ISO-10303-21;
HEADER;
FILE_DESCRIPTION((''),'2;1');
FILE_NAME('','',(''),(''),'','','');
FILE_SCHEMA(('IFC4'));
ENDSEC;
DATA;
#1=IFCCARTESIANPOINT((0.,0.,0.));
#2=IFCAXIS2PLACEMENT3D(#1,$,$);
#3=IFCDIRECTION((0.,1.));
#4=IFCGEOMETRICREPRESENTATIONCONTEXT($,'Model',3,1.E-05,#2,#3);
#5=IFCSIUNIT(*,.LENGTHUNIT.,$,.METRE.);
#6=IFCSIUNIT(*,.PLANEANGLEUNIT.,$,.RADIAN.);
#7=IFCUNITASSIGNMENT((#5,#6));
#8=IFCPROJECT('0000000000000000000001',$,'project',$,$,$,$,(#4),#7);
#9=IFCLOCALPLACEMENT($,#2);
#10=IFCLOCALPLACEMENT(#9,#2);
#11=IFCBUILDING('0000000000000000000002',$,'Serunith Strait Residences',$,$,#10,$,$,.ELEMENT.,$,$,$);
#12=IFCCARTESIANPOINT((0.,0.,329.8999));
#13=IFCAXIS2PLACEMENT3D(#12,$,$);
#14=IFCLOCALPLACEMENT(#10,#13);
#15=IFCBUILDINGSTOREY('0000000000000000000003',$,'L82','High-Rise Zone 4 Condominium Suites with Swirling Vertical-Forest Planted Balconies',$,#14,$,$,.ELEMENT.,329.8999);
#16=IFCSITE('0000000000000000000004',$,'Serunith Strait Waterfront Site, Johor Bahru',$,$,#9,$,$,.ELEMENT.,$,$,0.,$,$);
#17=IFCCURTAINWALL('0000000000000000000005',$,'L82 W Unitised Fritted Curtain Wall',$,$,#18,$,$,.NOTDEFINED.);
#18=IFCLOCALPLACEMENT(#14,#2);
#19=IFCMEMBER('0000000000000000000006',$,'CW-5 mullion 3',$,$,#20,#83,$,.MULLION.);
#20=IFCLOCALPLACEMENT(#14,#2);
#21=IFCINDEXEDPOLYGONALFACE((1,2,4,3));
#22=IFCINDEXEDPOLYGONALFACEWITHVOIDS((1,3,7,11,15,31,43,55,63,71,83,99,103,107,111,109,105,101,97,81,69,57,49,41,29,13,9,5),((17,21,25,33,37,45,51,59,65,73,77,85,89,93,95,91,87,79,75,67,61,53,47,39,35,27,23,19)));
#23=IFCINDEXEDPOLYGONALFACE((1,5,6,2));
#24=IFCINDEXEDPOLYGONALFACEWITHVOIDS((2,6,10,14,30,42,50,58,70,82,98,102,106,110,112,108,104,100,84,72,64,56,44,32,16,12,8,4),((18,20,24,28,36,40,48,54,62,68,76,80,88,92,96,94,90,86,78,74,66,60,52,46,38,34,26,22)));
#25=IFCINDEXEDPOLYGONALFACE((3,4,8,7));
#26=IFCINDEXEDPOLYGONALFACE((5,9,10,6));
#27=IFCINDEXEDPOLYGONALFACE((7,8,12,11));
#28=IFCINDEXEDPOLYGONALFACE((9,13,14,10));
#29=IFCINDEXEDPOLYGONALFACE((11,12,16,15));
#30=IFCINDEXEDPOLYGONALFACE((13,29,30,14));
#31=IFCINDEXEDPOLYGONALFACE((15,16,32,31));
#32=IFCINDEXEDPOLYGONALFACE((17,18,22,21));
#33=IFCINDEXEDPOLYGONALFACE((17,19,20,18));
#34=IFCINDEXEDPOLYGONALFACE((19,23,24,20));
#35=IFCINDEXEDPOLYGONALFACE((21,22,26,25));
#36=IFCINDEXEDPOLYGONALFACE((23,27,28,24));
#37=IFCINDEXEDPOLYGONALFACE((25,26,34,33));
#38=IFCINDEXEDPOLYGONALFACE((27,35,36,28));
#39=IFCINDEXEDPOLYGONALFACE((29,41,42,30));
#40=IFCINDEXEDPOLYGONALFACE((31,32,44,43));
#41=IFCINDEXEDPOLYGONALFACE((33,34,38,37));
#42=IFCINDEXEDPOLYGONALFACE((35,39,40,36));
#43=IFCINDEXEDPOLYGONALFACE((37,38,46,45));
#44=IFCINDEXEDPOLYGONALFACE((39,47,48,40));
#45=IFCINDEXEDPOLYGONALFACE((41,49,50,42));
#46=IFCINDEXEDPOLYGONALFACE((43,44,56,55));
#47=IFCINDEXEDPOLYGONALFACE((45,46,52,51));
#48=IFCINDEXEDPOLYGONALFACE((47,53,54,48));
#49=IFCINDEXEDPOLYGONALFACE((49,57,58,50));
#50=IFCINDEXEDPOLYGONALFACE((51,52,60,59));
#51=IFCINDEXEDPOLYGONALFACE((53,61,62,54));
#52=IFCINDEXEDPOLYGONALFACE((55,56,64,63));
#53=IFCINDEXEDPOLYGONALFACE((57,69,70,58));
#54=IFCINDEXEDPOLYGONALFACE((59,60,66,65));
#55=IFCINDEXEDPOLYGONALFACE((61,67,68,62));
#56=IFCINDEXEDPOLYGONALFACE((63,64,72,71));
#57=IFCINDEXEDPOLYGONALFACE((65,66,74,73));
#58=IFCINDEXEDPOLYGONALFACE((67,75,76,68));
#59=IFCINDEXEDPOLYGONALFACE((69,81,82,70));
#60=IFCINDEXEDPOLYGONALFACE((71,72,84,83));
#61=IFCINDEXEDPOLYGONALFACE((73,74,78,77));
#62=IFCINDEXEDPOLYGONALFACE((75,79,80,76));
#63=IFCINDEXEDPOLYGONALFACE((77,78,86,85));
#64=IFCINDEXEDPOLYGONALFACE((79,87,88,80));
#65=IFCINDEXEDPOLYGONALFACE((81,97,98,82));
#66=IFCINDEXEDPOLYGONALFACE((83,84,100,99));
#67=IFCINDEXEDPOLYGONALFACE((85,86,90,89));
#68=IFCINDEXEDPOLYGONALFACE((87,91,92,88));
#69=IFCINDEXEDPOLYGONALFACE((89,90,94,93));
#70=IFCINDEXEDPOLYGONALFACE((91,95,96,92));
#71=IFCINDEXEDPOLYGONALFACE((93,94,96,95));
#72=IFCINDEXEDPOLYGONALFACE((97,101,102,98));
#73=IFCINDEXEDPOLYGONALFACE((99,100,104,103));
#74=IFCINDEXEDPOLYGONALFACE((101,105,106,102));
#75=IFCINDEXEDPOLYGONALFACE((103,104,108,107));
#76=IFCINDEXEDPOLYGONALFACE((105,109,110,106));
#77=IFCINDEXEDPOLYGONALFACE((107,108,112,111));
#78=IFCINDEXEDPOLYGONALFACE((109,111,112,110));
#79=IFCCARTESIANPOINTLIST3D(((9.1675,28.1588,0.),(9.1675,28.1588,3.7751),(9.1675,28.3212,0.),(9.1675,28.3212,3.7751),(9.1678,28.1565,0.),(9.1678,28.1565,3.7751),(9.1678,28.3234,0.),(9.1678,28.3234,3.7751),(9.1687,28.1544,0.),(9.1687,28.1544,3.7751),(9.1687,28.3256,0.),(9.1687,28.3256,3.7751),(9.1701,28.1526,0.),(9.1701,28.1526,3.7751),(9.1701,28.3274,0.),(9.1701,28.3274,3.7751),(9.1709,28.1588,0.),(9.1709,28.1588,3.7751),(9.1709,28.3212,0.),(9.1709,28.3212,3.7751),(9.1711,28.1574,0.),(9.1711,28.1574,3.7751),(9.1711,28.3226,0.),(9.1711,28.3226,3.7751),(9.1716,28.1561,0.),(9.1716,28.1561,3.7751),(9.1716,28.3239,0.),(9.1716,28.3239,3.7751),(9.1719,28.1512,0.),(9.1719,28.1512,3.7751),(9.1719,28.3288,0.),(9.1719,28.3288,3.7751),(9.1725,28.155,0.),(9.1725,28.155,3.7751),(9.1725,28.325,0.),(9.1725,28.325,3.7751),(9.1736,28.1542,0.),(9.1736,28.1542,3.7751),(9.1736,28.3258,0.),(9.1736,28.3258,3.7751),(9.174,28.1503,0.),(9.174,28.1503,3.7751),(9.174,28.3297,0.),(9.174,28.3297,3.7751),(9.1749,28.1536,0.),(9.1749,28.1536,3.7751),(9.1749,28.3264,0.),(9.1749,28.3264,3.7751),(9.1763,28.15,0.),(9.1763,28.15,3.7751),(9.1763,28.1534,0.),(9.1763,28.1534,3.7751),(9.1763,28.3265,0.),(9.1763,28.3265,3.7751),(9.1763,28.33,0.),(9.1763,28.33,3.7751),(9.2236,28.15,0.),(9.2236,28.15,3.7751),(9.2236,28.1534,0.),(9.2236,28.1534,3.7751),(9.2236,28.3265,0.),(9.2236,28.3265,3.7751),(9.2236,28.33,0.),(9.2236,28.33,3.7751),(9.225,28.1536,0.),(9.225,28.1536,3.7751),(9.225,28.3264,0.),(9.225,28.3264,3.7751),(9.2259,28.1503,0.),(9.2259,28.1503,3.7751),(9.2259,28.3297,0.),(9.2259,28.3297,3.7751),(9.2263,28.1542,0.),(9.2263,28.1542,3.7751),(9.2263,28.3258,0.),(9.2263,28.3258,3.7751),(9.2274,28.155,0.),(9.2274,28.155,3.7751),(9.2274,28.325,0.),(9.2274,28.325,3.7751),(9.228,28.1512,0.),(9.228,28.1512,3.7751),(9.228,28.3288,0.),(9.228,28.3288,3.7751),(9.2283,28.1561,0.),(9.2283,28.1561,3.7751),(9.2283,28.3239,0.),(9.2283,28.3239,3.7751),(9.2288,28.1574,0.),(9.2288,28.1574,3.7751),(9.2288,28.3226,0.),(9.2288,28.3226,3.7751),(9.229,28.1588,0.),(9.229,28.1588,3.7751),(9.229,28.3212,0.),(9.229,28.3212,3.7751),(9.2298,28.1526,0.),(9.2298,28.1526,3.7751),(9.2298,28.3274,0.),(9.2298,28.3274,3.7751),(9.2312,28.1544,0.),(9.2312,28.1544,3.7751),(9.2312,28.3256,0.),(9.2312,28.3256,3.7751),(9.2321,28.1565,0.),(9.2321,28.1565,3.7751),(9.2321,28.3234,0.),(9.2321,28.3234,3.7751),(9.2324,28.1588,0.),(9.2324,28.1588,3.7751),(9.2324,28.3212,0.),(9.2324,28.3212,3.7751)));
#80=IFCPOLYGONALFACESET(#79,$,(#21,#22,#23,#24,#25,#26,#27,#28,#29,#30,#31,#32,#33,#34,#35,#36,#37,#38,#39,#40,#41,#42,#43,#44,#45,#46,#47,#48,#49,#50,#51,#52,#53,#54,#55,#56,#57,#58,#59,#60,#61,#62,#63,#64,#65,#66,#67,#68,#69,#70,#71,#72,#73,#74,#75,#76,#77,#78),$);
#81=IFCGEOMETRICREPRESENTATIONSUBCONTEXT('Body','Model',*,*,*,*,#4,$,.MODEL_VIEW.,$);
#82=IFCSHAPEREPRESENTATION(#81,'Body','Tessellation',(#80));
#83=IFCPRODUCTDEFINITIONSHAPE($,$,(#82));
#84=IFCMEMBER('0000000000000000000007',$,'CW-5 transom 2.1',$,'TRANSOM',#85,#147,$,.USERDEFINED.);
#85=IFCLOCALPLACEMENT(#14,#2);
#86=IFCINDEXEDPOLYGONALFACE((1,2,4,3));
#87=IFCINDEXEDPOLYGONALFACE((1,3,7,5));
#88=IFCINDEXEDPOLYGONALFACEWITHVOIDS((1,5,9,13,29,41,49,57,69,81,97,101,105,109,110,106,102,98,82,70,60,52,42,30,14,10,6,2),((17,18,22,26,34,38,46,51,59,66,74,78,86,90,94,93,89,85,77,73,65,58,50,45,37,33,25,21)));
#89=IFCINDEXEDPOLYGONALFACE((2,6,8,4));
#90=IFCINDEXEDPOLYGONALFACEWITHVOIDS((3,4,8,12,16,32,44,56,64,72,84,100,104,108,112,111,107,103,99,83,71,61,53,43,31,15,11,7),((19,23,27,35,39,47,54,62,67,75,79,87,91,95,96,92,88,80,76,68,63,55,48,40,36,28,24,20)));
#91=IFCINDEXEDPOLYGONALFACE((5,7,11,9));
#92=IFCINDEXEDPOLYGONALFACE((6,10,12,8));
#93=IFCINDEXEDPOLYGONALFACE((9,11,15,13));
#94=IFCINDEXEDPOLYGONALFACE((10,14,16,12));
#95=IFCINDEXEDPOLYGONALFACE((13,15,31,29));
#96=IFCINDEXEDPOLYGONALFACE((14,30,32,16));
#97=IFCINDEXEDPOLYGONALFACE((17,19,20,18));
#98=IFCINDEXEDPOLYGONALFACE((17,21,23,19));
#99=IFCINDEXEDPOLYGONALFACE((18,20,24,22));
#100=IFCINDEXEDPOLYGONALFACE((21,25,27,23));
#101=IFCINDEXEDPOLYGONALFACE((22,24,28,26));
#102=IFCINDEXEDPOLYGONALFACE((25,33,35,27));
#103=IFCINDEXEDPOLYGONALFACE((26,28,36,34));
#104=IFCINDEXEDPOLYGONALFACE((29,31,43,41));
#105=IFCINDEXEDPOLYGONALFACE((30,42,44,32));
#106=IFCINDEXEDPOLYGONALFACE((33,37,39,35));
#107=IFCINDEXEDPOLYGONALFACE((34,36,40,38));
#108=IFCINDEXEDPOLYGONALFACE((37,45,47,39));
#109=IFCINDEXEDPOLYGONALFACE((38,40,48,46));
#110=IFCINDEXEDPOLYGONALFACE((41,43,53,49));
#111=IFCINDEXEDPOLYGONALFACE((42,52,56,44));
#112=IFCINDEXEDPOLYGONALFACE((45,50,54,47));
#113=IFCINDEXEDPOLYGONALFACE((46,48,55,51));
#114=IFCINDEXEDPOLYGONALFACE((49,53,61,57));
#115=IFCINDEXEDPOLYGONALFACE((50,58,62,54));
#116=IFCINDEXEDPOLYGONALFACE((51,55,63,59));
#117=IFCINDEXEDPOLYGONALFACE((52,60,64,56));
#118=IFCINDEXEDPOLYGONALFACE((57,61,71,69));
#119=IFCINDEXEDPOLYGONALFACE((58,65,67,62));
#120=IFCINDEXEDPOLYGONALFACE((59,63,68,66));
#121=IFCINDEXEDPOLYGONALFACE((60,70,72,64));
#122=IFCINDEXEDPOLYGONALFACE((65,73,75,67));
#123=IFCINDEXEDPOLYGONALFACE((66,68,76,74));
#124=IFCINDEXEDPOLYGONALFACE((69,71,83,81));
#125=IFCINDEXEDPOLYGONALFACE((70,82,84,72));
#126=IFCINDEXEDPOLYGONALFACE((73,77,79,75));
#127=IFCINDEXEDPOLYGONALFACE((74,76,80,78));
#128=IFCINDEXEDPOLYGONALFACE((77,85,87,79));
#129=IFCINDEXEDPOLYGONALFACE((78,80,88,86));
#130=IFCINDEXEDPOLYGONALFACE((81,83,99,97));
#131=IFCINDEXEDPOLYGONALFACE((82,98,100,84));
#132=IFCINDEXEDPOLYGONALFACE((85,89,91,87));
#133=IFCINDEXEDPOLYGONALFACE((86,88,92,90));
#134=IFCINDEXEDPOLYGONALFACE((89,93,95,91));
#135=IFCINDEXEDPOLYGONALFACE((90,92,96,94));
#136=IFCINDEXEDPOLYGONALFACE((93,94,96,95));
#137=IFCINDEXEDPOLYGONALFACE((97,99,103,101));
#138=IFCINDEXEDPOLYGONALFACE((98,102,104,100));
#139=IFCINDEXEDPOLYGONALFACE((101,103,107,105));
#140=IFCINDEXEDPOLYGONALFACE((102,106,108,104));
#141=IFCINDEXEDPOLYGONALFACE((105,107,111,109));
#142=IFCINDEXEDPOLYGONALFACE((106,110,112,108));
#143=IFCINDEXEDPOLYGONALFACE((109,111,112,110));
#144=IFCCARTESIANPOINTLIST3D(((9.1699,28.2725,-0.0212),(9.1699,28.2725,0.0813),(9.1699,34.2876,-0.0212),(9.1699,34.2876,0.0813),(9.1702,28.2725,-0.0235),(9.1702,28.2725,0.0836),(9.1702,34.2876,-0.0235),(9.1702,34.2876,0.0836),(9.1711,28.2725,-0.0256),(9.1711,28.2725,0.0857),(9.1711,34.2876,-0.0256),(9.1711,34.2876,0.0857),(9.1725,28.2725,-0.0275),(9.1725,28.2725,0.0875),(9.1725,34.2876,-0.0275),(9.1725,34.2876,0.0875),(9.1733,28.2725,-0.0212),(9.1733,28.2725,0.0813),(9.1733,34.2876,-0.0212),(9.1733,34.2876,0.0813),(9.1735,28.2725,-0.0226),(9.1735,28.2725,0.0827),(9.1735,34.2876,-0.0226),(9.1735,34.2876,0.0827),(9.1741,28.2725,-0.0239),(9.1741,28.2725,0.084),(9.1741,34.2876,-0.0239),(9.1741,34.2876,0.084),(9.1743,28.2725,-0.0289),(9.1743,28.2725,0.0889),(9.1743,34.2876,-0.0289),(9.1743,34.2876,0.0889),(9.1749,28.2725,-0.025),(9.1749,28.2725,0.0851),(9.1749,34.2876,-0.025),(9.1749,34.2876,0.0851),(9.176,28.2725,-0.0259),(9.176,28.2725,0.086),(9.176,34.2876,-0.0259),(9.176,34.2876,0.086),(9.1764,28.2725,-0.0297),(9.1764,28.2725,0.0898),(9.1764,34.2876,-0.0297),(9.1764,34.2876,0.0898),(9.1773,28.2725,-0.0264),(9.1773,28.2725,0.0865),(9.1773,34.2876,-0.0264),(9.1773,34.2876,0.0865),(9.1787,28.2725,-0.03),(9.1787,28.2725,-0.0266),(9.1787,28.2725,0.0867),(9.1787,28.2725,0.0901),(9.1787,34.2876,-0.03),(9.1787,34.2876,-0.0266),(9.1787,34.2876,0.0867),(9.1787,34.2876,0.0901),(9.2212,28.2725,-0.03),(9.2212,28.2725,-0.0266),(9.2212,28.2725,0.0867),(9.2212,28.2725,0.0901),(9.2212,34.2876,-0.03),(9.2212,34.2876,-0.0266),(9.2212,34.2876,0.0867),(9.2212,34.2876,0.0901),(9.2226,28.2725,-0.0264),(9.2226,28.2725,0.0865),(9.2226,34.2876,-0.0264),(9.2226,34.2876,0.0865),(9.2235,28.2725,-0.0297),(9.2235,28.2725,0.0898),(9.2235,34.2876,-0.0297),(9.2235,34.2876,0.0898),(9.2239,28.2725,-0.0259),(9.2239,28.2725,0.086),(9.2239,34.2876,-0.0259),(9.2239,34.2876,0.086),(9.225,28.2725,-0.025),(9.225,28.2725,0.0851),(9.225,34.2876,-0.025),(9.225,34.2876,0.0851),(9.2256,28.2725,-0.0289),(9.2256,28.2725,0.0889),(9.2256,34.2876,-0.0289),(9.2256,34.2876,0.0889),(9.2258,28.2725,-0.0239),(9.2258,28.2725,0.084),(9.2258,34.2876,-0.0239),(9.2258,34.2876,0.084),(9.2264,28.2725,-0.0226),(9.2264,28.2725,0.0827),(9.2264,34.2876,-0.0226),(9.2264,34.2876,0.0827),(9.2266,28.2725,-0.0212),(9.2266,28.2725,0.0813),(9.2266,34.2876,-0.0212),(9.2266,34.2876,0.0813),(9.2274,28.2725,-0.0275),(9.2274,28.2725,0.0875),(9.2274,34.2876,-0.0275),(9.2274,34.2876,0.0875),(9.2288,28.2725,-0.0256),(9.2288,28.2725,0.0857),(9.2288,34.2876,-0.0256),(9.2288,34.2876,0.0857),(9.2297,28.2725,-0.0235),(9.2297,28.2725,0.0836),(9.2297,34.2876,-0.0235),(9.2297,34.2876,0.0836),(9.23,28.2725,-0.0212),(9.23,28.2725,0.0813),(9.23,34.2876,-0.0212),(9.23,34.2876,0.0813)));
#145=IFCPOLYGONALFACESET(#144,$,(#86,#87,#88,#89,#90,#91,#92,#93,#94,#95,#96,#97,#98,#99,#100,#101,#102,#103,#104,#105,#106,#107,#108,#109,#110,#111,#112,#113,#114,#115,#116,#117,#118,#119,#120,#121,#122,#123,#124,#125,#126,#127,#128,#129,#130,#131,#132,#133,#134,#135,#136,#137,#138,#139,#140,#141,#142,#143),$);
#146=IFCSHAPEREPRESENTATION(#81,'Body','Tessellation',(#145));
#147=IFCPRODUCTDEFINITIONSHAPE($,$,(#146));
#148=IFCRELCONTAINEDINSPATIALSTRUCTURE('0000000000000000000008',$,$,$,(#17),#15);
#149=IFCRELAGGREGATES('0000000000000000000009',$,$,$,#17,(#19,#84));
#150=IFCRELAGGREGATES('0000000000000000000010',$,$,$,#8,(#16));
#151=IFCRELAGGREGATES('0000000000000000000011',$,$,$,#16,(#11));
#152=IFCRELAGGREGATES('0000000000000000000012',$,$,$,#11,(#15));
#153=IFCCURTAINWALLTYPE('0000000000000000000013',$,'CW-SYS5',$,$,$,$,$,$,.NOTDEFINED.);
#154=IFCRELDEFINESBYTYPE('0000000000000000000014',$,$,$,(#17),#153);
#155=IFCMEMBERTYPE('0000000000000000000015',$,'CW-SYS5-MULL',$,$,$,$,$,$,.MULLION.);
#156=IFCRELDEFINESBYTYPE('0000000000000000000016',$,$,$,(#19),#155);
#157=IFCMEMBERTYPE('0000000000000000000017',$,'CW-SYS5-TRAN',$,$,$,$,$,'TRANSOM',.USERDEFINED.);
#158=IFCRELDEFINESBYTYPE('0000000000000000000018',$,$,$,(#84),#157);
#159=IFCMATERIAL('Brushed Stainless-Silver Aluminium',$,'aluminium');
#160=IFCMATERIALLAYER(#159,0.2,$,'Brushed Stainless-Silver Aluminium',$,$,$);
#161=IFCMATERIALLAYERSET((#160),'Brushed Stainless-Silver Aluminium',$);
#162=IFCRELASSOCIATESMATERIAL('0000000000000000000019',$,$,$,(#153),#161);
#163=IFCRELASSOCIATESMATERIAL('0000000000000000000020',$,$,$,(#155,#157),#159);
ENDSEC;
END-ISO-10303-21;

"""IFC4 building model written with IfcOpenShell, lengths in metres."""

from ifc_helpers import new_model, si_unit, direction, frame, origin, origin_2d, place, context, subcontext, project, spatial, hollow_rectangle, extrude, source, transform, mapped, material, layer, layer_set, material_profile, profile_set, type_object, element, aggregate, save


model = new_model("IFC4")

# Units and contexts
model_context = context("Model", 3, precision=1e-05, world=origin(), true_north=direction((0.0, 1.0)))
body_context = subcontext(model_context, "Body", "Model", "MODEL_VIEW")
ifc_project = project(units=[si_unit("LENGTHUNIT", "METRE"), si_unit("PLANEANGLEUNIT", "RADIAN")], contexts=[model_context])

# Site, building, storey
site_placement = place(None, origin())
site = spatial("IfcSite", under=ifc_project, at=site_placement, Name="Serunith Strait Waterfront Site, Johor Bahru", CompositionType="ELEMENT", RefElevation=0.0)
building_placement = place(site_placement, origin())
building = spatial("IfcBuilding", under=site, at=building_placement, Name="Serunith Strait Residences", CompositionType="ELEMENT")
storey_placement = place(building_placement, frame((0.0, 0.0, 329.8999)))
storey = spatial("IfcBuildingStorey", under=building, at=storey_placement, Name="L82", Description="High-Rise Zone 4 Condominium Suites with Swirling Vertical-Forest Planted Balconies", CompositionType="ELEMENT", Elevation=329.8999)

# Curtain wall, members
ifc_material_1 = material(Name="Brushed Stainless-Silver Aluminium", Category="aluminium")
ifc_layer_1 = layer(ifc_material_1, 0.2, Name="Brushed Stainless-Silver Aluminium")
ifc_layer_set_1 = layer_set([ifc_layer_1], Name="Brushed Stainless-Silver Aluminium")
curtain_wall_type = type_object("IfcCurtainWallType", Name="CW-SYS5", PredefinedType="NOTDEFINED", material=ifc_layer_set_1)
curtain_wall_placement = place(storey_placement, origin())
curtain_wall = element("IfcCurtainWall", 1, at=curtain_wall_placement, inside=storey, type_object=curtain_wall_type, Name="L82 W Unitised Fritted Curtain Wall", PredefinedType="NOTDEFINED")
ifc_material_profile_1 = material_profile(ifc_material_1, hollow_rectangle(XDim=0.0649, YDim=0.1799, WallThickness=0.0034, InnerFilletRadius=0.0054, OuterFilletRadius=0.0088, at=origin_2d()), Name="ALU 180x65x3.5")
ifc_profile_set_1 = profile_set([ifc_material_profile_1], Name="Brushed Stainless-Silver Aluminium")
member_type_1 = type_object("IfcMemberType", Name="CW-SYS5-MULL", PredefinedType="MULLION", material=ifc_profile_set_1)
shared_shape_1 = source(origin(), body_context, "Body", "SweptSolid", [
    extrude(hollow_rectangle(XDim=0.0649, YDim=0.1799, WallThickness=0.0034, InnerFilletRadius=0.0054, OuterFilletRadius=0.0088, at=origin_2d()), origin(), (0.0, 0.0, 1.0), 3.7751),
])
member_1_placement = place(storey_placement, frame((9.2, 28.24, 0.0), z_axis=(0.0, 0.0, 1.0), x_axis=(1.0, 0.0, 0.0)))
member_1 = element("IfcMember", 2, at=member_1_placement, type_object=member_type_1, Name="CW-5 mullion 3", PredefinedType="MULLION", context=body_context, shape_type="MappedRepresentation", body=[
    mapped(shared_shape_1, transform((0.0, 0.0, 0.0), scale=1.0)),
])
ifc_material_profile_2 = material_profile(ifc_material_1, hollow_rectangle(XDim=0.0601, YDim=0.1201, WallThickness=0.0034, InnerFilletRadius=0.0054, OuterFilletRadius=0.0088, at=origin_2d()), Name="ALU 120x60x3.5")
ifc_profile_set_2 = profile_set([ifc_material_profile_2], Name="Brushed Stainless-Silver Aluminium")
member_type_2 = type_object("IfcMemberType", Name="CW-SYS5-TRAN", ElementType="TRANSOM", PredefinedType="USERDEFINED", material=ifc_profile_set_2)
shared_shape_2 = source(origin(), body_context, "Body", "SweptSolid", [
    extrude(hollow_rectangle(XDim=0.0601, YDim=0.1201, WallThickness=0.0034, InnerFilletRadius=0.0054, OuterFilletRadius=0.0088, at=origin_2d()), origin(), (0.0, 0.0, 1.0), 6.0151),
])
member_2_placement = place(storey_placement, frame((9.2, 34.2876, 0.03), z_axis=(0.0, -1.0, 0.0), x_axis=(1.0, 0.0, 0.0)))
member_2 = element("IfcMember", 3, at=member_2_placement, type_object=member_type_2, Name="CW-5 transom 2.1", ObjectType="TRANSOM", PredefinedType="USERDEFINED", context=body_context, shape_type="MappedRepresentation", body=[
    mapped(shared_shape_2, transform((0.0, 0.0, 0.0), scale=1.0)),
])
aggregate(curtain_wall, [member_1, member_2])

save(model, "model.ifc")
